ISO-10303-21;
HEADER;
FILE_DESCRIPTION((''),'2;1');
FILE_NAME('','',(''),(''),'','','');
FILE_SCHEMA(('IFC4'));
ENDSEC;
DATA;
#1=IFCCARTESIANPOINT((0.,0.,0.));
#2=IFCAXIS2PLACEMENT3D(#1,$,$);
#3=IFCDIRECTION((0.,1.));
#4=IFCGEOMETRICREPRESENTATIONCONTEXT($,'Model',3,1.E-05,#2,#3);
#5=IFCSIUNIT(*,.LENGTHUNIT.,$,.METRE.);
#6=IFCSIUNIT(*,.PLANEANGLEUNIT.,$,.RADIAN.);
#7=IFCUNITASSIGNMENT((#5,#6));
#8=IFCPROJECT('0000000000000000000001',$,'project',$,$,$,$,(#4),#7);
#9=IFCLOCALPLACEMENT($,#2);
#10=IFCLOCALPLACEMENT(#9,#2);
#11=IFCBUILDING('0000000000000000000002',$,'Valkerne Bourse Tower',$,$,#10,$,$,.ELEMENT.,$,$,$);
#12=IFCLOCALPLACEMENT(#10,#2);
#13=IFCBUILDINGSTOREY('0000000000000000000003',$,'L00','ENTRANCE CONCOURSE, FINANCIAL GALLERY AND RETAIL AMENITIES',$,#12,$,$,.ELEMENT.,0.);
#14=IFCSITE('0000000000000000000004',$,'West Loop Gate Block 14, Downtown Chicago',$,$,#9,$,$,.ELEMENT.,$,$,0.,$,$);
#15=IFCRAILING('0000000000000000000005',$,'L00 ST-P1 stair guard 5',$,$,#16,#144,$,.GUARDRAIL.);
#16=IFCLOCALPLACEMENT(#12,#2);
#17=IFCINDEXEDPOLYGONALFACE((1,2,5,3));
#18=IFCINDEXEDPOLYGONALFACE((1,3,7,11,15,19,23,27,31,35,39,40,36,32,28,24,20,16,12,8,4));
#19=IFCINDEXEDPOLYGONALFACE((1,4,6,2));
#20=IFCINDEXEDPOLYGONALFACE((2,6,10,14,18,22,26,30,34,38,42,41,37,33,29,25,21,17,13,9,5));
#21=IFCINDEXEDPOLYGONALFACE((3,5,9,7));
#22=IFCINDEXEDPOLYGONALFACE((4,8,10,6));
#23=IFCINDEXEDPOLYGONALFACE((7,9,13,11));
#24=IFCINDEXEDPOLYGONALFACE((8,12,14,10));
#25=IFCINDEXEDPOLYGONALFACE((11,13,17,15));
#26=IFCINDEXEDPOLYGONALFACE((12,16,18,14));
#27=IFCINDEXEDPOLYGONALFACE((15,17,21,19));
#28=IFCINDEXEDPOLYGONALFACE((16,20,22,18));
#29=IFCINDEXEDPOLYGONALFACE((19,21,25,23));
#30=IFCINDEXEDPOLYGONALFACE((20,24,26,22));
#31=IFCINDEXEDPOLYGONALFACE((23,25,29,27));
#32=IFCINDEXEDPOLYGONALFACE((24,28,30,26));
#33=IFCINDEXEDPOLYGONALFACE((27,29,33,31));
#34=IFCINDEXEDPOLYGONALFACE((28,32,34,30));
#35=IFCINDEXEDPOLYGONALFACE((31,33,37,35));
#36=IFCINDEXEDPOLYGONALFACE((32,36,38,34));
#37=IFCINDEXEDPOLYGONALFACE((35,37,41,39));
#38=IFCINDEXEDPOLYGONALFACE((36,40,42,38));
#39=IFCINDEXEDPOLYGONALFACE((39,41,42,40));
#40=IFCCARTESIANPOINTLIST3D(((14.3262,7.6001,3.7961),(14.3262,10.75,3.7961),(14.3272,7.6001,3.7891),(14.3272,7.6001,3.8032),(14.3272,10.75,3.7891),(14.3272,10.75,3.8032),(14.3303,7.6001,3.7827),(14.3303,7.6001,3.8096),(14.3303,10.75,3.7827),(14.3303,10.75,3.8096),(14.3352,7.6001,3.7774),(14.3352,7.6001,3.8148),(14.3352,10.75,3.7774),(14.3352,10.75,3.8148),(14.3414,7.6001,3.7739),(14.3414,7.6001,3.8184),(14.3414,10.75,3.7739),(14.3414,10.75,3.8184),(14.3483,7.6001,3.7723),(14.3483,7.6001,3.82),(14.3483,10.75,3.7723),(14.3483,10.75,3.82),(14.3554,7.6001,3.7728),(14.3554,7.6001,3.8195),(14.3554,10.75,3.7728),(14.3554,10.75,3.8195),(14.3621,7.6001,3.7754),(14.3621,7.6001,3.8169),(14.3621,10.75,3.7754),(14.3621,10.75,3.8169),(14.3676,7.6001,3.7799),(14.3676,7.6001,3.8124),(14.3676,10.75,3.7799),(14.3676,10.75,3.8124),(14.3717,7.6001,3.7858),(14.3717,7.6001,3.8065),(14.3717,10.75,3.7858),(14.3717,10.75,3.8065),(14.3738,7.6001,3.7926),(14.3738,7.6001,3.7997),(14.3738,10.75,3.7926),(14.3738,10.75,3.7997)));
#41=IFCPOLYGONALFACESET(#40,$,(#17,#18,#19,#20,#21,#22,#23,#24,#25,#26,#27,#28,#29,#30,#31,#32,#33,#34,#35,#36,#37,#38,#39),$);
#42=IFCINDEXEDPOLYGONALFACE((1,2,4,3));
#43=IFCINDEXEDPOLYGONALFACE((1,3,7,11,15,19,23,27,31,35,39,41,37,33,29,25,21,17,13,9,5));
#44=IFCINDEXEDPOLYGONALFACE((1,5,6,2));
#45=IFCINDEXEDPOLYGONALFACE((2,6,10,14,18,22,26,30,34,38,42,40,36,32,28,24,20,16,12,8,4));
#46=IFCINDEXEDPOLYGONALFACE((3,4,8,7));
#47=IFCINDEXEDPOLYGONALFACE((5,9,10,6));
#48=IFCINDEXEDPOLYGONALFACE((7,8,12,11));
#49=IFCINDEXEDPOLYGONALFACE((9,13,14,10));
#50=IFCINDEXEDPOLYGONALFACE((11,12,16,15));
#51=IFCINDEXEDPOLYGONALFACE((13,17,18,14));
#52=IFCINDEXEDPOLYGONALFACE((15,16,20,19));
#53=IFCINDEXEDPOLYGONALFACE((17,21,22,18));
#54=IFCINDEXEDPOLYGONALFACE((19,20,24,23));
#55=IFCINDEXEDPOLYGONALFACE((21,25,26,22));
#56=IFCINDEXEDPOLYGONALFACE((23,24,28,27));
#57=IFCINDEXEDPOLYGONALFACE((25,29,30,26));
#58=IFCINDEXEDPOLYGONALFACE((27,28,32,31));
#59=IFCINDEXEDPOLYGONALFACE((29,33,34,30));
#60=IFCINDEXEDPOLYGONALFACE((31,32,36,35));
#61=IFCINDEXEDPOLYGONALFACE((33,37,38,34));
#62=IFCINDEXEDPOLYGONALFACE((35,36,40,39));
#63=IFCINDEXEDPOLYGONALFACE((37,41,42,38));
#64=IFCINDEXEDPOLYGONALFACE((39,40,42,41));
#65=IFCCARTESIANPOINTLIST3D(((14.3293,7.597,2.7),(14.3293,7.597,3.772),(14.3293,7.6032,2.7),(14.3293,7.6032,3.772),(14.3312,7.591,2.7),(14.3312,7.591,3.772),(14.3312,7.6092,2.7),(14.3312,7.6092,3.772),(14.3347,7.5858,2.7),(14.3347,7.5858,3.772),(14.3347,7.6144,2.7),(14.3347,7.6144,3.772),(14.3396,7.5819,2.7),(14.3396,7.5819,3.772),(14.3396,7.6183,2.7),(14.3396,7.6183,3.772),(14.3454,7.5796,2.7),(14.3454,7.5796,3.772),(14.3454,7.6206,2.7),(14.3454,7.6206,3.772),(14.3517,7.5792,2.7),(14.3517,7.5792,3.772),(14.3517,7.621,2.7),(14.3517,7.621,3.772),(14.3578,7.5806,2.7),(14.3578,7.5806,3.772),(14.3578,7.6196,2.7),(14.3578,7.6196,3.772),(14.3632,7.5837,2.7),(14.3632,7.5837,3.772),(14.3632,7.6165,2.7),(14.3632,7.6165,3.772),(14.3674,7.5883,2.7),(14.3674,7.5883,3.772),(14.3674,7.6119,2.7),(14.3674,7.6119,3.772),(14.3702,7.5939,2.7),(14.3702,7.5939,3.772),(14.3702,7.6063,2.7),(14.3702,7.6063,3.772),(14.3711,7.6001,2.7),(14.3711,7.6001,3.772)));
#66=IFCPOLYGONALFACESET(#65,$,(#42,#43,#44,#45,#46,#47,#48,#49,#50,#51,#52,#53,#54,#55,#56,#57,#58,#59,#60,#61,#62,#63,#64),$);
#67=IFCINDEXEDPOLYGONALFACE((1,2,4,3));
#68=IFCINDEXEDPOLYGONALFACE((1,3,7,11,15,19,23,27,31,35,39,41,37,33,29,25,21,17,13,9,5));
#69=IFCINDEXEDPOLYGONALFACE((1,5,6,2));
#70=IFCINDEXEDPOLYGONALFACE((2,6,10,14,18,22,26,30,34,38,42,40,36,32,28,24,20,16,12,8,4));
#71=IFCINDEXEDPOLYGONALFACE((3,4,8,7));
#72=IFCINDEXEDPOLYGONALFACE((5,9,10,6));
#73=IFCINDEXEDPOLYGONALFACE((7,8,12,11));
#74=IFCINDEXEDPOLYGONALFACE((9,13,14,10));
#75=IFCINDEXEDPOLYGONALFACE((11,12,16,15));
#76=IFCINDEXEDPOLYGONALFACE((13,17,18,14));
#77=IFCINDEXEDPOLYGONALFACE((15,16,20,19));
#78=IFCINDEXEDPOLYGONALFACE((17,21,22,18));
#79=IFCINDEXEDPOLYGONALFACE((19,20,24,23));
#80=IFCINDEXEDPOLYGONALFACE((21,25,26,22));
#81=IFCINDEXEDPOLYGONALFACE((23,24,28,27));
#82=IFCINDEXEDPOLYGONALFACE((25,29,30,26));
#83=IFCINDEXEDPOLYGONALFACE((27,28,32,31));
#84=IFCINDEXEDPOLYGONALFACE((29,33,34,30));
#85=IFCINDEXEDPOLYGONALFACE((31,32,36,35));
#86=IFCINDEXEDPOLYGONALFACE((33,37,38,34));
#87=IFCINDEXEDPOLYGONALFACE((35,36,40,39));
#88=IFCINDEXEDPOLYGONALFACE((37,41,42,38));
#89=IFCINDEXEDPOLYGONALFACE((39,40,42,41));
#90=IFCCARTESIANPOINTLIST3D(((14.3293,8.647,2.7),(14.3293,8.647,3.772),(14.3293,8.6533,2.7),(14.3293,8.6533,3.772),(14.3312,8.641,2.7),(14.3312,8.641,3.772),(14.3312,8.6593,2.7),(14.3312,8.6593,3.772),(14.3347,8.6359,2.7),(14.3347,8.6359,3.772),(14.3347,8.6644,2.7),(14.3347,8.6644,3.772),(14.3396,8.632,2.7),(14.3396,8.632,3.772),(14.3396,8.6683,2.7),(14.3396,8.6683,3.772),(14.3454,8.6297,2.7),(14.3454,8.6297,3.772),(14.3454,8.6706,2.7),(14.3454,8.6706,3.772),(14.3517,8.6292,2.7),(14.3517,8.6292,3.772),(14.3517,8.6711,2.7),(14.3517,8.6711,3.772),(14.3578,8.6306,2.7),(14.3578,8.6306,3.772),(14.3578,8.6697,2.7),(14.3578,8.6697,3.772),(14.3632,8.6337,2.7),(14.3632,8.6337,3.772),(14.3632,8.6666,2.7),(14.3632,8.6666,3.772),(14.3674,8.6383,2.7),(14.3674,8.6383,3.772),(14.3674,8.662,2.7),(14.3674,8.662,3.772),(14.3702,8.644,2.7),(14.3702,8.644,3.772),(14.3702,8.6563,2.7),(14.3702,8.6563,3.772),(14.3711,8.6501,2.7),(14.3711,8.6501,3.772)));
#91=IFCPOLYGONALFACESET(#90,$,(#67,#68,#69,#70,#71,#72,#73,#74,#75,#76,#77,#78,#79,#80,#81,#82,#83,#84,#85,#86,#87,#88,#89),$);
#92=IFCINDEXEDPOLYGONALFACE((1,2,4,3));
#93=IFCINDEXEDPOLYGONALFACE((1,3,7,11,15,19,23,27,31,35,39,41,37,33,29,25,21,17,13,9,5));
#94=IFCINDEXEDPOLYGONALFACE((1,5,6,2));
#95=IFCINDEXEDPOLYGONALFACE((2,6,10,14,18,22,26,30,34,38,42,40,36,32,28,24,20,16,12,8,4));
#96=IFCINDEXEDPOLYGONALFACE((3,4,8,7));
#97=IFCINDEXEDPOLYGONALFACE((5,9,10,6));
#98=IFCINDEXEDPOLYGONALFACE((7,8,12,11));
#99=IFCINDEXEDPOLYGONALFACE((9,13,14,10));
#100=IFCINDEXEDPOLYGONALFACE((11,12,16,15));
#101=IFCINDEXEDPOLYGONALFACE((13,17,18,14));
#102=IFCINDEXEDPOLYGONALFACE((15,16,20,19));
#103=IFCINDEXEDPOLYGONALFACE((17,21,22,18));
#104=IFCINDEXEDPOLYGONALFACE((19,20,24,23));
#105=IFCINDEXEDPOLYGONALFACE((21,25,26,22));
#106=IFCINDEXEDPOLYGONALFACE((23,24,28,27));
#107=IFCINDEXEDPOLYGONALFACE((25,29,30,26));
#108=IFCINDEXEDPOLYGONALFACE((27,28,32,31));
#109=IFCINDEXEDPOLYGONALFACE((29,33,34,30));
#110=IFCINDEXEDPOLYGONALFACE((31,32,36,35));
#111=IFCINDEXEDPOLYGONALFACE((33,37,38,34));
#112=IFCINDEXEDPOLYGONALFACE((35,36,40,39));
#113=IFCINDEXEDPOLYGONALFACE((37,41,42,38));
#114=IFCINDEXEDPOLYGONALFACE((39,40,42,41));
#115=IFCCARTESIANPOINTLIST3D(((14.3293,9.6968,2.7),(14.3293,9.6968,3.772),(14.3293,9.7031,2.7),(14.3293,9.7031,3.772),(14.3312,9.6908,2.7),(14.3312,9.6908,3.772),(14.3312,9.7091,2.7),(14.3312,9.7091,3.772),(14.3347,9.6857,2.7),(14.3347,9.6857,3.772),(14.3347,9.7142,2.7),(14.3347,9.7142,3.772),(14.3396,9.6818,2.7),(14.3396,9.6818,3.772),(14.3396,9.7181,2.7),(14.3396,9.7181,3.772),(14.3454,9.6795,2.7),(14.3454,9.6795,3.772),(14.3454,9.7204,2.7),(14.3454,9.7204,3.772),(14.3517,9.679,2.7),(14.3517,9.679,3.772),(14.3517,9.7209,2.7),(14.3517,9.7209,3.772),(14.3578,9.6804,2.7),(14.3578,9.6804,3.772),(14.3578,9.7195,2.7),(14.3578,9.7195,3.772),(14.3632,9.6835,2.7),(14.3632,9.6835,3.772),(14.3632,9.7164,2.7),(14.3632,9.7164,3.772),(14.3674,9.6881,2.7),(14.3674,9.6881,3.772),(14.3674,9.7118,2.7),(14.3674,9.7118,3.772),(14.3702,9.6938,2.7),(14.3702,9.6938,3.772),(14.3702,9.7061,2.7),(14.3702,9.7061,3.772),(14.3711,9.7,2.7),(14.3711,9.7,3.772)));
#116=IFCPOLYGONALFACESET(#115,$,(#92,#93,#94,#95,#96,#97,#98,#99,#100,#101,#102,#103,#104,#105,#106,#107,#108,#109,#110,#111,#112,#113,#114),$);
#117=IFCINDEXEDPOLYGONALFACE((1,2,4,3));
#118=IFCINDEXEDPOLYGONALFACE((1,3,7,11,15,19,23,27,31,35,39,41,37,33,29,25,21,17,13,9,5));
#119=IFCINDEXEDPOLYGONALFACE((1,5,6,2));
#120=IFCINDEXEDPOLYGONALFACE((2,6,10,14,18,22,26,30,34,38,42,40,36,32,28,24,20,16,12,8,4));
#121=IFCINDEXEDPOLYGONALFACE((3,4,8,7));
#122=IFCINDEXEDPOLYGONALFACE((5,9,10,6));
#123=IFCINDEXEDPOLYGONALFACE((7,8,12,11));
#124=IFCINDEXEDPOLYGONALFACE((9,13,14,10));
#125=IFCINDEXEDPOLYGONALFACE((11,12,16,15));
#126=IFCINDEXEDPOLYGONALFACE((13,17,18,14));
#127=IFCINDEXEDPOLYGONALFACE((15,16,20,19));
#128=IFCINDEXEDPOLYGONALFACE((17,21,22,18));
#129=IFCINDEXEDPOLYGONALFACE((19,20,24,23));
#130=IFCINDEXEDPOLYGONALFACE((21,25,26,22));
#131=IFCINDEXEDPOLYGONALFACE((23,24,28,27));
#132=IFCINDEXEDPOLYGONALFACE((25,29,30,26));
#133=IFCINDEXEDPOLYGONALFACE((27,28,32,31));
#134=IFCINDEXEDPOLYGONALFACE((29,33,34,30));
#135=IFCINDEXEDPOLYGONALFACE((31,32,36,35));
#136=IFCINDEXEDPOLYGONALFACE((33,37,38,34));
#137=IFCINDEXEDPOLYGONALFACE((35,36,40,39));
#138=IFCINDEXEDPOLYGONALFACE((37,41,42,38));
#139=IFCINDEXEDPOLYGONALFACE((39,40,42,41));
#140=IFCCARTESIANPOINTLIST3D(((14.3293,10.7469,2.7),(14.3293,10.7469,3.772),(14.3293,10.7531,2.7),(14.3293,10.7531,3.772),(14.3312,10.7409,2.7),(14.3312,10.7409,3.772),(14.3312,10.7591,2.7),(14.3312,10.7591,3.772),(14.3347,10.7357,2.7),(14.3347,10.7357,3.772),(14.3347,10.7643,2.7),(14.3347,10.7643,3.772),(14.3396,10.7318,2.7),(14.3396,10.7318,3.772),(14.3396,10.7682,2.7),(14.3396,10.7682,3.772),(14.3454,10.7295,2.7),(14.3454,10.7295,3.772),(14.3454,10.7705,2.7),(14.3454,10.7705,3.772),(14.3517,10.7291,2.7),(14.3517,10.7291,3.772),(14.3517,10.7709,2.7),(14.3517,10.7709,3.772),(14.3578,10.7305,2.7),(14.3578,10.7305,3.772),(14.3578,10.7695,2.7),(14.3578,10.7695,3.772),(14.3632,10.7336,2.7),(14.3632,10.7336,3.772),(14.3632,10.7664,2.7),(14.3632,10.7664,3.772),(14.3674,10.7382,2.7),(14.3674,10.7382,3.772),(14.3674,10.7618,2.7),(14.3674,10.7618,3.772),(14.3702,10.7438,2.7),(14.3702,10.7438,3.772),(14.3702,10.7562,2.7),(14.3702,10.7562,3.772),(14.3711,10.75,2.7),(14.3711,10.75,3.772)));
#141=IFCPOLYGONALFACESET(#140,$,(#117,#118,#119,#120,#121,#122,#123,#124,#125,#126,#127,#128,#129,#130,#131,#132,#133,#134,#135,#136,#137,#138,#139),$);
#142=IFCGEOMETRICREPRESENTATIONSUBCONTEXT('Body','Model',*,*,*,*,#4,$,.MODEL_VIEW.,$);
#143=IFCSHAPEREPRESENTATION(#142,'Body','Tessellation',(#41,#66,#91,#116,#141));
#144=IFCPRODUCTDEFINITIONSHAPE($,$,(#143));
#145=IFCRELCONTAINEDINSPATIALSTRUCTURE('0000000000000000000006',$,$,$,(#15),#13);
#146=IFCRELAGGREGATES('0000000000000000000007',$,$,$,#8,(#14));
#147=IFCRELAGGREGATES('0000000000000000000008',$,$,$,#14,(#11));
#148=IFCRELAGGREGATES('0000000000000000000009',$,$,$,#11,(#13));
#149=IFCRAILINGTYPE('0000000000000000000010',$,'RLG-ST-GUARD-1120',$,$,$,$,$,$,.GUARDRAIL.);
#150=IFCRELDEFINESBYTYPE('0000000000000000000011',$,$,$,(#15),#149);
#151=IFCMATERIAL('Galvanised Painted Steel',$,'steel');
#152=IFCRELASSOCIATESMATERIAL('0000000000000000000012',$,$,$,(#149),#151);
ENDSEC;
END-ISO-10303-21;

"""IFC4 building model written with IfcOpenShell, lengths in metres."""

from ifc_helpers import new_model, si_unit, direction, frame, origin, origin_2d, place, context, subcontext, project, spatial, circle, extrude, material, type_object, element, save


model = new_model("IFC4")

# Units and contexts
model_context = context("Model", 3, precision=1e-05, world=origin(), true_north=direction((0.0, 1.0)))
body_context = subcontext(model_context, "Body", "Model", "MODEL_VIEW")
ifc_project = project(units=[si_unit("LENGTHUNIT", "METRE"), si_unit("PLANEANGLEUNIT", "RADIAN")], contexts=[model_context])

# Site, building, storey
site_placement = place(None, origin())
site = spatial("IfcSite", under=ifc_project, at=site_placement, Name="West Loop Gate Block 14, Downtown Chicago", CompositionType="ELEMENT", RefElevation=0.0)
building_placement = place(site_placement, origin())
building = spatial("IfcBuilding", under=site, at=building_placement, Name="Valkerne Bourse Tower", CompositionType="ELEMENT")
storey_placement = place(building_placement, origin())
storey = spatial("IfcBuildingStorey", under=building, at=storey_placement, Name="L00", Description="ENTRANCE CONCOURSE, FINANCIAL GALLERY AND RETAIL AMENITIES", CompositionType="ELEMENT", Elevation=0.0)

# Shared definitions
ifc_material_1 = material(Name="Galvanised Painted Steel", Category="steel")

# Railing
railing_type_1 = type_object("IfcRailingType", Name="RLG-ST-GUARD-1120", PredefinedType="GUARDRAIL", material=ifc_material_1)
railing_1_placement = place(storey_placement, frame((14.3501, 7.6001, 2.7)))
element("IfcRailing", 1, at=railing_1_placement, inside=storey, type_object=railing_type_1, Name="L00 ST-P1 stair guard 5", PredefinedType="GUARDRAIL", context=body_context, shape_type="SweptSolid", body=[
    extrude(circle(Radius=0.0239, at=origin_2d()), frame((0.0, 0.0, 1.0962), z_axis=(0.0, 1.0, 0.0), x_axis=(-1.0, 0.0, 0.0)), (0.0, 0.0, 1.0), 3.1499),
    extrude(circle(Radius=0.021, at=origin_2d()), origin(), (0.0, 0.0, 1.0), 1.072),
    extrude(circle(Radius=0.021, at=origin_2d()), frame((0.0, 1.05, 0.0)), (0.0, 0.0, 1.0), 1.072),
    extrude(circle(Radius=0.021, at=origin_2d()), frame((0.0, 2.0999, 0.0)), (0.0, 0.0, 1.0), 1.072),
    extrude(circle(Radius=0.021, at=origin_2d()), frame((0.0, 3.1499, 0.0)), (0.0, 0.0, 1.0), 1.072),
])

save(model, "model.ifc")
